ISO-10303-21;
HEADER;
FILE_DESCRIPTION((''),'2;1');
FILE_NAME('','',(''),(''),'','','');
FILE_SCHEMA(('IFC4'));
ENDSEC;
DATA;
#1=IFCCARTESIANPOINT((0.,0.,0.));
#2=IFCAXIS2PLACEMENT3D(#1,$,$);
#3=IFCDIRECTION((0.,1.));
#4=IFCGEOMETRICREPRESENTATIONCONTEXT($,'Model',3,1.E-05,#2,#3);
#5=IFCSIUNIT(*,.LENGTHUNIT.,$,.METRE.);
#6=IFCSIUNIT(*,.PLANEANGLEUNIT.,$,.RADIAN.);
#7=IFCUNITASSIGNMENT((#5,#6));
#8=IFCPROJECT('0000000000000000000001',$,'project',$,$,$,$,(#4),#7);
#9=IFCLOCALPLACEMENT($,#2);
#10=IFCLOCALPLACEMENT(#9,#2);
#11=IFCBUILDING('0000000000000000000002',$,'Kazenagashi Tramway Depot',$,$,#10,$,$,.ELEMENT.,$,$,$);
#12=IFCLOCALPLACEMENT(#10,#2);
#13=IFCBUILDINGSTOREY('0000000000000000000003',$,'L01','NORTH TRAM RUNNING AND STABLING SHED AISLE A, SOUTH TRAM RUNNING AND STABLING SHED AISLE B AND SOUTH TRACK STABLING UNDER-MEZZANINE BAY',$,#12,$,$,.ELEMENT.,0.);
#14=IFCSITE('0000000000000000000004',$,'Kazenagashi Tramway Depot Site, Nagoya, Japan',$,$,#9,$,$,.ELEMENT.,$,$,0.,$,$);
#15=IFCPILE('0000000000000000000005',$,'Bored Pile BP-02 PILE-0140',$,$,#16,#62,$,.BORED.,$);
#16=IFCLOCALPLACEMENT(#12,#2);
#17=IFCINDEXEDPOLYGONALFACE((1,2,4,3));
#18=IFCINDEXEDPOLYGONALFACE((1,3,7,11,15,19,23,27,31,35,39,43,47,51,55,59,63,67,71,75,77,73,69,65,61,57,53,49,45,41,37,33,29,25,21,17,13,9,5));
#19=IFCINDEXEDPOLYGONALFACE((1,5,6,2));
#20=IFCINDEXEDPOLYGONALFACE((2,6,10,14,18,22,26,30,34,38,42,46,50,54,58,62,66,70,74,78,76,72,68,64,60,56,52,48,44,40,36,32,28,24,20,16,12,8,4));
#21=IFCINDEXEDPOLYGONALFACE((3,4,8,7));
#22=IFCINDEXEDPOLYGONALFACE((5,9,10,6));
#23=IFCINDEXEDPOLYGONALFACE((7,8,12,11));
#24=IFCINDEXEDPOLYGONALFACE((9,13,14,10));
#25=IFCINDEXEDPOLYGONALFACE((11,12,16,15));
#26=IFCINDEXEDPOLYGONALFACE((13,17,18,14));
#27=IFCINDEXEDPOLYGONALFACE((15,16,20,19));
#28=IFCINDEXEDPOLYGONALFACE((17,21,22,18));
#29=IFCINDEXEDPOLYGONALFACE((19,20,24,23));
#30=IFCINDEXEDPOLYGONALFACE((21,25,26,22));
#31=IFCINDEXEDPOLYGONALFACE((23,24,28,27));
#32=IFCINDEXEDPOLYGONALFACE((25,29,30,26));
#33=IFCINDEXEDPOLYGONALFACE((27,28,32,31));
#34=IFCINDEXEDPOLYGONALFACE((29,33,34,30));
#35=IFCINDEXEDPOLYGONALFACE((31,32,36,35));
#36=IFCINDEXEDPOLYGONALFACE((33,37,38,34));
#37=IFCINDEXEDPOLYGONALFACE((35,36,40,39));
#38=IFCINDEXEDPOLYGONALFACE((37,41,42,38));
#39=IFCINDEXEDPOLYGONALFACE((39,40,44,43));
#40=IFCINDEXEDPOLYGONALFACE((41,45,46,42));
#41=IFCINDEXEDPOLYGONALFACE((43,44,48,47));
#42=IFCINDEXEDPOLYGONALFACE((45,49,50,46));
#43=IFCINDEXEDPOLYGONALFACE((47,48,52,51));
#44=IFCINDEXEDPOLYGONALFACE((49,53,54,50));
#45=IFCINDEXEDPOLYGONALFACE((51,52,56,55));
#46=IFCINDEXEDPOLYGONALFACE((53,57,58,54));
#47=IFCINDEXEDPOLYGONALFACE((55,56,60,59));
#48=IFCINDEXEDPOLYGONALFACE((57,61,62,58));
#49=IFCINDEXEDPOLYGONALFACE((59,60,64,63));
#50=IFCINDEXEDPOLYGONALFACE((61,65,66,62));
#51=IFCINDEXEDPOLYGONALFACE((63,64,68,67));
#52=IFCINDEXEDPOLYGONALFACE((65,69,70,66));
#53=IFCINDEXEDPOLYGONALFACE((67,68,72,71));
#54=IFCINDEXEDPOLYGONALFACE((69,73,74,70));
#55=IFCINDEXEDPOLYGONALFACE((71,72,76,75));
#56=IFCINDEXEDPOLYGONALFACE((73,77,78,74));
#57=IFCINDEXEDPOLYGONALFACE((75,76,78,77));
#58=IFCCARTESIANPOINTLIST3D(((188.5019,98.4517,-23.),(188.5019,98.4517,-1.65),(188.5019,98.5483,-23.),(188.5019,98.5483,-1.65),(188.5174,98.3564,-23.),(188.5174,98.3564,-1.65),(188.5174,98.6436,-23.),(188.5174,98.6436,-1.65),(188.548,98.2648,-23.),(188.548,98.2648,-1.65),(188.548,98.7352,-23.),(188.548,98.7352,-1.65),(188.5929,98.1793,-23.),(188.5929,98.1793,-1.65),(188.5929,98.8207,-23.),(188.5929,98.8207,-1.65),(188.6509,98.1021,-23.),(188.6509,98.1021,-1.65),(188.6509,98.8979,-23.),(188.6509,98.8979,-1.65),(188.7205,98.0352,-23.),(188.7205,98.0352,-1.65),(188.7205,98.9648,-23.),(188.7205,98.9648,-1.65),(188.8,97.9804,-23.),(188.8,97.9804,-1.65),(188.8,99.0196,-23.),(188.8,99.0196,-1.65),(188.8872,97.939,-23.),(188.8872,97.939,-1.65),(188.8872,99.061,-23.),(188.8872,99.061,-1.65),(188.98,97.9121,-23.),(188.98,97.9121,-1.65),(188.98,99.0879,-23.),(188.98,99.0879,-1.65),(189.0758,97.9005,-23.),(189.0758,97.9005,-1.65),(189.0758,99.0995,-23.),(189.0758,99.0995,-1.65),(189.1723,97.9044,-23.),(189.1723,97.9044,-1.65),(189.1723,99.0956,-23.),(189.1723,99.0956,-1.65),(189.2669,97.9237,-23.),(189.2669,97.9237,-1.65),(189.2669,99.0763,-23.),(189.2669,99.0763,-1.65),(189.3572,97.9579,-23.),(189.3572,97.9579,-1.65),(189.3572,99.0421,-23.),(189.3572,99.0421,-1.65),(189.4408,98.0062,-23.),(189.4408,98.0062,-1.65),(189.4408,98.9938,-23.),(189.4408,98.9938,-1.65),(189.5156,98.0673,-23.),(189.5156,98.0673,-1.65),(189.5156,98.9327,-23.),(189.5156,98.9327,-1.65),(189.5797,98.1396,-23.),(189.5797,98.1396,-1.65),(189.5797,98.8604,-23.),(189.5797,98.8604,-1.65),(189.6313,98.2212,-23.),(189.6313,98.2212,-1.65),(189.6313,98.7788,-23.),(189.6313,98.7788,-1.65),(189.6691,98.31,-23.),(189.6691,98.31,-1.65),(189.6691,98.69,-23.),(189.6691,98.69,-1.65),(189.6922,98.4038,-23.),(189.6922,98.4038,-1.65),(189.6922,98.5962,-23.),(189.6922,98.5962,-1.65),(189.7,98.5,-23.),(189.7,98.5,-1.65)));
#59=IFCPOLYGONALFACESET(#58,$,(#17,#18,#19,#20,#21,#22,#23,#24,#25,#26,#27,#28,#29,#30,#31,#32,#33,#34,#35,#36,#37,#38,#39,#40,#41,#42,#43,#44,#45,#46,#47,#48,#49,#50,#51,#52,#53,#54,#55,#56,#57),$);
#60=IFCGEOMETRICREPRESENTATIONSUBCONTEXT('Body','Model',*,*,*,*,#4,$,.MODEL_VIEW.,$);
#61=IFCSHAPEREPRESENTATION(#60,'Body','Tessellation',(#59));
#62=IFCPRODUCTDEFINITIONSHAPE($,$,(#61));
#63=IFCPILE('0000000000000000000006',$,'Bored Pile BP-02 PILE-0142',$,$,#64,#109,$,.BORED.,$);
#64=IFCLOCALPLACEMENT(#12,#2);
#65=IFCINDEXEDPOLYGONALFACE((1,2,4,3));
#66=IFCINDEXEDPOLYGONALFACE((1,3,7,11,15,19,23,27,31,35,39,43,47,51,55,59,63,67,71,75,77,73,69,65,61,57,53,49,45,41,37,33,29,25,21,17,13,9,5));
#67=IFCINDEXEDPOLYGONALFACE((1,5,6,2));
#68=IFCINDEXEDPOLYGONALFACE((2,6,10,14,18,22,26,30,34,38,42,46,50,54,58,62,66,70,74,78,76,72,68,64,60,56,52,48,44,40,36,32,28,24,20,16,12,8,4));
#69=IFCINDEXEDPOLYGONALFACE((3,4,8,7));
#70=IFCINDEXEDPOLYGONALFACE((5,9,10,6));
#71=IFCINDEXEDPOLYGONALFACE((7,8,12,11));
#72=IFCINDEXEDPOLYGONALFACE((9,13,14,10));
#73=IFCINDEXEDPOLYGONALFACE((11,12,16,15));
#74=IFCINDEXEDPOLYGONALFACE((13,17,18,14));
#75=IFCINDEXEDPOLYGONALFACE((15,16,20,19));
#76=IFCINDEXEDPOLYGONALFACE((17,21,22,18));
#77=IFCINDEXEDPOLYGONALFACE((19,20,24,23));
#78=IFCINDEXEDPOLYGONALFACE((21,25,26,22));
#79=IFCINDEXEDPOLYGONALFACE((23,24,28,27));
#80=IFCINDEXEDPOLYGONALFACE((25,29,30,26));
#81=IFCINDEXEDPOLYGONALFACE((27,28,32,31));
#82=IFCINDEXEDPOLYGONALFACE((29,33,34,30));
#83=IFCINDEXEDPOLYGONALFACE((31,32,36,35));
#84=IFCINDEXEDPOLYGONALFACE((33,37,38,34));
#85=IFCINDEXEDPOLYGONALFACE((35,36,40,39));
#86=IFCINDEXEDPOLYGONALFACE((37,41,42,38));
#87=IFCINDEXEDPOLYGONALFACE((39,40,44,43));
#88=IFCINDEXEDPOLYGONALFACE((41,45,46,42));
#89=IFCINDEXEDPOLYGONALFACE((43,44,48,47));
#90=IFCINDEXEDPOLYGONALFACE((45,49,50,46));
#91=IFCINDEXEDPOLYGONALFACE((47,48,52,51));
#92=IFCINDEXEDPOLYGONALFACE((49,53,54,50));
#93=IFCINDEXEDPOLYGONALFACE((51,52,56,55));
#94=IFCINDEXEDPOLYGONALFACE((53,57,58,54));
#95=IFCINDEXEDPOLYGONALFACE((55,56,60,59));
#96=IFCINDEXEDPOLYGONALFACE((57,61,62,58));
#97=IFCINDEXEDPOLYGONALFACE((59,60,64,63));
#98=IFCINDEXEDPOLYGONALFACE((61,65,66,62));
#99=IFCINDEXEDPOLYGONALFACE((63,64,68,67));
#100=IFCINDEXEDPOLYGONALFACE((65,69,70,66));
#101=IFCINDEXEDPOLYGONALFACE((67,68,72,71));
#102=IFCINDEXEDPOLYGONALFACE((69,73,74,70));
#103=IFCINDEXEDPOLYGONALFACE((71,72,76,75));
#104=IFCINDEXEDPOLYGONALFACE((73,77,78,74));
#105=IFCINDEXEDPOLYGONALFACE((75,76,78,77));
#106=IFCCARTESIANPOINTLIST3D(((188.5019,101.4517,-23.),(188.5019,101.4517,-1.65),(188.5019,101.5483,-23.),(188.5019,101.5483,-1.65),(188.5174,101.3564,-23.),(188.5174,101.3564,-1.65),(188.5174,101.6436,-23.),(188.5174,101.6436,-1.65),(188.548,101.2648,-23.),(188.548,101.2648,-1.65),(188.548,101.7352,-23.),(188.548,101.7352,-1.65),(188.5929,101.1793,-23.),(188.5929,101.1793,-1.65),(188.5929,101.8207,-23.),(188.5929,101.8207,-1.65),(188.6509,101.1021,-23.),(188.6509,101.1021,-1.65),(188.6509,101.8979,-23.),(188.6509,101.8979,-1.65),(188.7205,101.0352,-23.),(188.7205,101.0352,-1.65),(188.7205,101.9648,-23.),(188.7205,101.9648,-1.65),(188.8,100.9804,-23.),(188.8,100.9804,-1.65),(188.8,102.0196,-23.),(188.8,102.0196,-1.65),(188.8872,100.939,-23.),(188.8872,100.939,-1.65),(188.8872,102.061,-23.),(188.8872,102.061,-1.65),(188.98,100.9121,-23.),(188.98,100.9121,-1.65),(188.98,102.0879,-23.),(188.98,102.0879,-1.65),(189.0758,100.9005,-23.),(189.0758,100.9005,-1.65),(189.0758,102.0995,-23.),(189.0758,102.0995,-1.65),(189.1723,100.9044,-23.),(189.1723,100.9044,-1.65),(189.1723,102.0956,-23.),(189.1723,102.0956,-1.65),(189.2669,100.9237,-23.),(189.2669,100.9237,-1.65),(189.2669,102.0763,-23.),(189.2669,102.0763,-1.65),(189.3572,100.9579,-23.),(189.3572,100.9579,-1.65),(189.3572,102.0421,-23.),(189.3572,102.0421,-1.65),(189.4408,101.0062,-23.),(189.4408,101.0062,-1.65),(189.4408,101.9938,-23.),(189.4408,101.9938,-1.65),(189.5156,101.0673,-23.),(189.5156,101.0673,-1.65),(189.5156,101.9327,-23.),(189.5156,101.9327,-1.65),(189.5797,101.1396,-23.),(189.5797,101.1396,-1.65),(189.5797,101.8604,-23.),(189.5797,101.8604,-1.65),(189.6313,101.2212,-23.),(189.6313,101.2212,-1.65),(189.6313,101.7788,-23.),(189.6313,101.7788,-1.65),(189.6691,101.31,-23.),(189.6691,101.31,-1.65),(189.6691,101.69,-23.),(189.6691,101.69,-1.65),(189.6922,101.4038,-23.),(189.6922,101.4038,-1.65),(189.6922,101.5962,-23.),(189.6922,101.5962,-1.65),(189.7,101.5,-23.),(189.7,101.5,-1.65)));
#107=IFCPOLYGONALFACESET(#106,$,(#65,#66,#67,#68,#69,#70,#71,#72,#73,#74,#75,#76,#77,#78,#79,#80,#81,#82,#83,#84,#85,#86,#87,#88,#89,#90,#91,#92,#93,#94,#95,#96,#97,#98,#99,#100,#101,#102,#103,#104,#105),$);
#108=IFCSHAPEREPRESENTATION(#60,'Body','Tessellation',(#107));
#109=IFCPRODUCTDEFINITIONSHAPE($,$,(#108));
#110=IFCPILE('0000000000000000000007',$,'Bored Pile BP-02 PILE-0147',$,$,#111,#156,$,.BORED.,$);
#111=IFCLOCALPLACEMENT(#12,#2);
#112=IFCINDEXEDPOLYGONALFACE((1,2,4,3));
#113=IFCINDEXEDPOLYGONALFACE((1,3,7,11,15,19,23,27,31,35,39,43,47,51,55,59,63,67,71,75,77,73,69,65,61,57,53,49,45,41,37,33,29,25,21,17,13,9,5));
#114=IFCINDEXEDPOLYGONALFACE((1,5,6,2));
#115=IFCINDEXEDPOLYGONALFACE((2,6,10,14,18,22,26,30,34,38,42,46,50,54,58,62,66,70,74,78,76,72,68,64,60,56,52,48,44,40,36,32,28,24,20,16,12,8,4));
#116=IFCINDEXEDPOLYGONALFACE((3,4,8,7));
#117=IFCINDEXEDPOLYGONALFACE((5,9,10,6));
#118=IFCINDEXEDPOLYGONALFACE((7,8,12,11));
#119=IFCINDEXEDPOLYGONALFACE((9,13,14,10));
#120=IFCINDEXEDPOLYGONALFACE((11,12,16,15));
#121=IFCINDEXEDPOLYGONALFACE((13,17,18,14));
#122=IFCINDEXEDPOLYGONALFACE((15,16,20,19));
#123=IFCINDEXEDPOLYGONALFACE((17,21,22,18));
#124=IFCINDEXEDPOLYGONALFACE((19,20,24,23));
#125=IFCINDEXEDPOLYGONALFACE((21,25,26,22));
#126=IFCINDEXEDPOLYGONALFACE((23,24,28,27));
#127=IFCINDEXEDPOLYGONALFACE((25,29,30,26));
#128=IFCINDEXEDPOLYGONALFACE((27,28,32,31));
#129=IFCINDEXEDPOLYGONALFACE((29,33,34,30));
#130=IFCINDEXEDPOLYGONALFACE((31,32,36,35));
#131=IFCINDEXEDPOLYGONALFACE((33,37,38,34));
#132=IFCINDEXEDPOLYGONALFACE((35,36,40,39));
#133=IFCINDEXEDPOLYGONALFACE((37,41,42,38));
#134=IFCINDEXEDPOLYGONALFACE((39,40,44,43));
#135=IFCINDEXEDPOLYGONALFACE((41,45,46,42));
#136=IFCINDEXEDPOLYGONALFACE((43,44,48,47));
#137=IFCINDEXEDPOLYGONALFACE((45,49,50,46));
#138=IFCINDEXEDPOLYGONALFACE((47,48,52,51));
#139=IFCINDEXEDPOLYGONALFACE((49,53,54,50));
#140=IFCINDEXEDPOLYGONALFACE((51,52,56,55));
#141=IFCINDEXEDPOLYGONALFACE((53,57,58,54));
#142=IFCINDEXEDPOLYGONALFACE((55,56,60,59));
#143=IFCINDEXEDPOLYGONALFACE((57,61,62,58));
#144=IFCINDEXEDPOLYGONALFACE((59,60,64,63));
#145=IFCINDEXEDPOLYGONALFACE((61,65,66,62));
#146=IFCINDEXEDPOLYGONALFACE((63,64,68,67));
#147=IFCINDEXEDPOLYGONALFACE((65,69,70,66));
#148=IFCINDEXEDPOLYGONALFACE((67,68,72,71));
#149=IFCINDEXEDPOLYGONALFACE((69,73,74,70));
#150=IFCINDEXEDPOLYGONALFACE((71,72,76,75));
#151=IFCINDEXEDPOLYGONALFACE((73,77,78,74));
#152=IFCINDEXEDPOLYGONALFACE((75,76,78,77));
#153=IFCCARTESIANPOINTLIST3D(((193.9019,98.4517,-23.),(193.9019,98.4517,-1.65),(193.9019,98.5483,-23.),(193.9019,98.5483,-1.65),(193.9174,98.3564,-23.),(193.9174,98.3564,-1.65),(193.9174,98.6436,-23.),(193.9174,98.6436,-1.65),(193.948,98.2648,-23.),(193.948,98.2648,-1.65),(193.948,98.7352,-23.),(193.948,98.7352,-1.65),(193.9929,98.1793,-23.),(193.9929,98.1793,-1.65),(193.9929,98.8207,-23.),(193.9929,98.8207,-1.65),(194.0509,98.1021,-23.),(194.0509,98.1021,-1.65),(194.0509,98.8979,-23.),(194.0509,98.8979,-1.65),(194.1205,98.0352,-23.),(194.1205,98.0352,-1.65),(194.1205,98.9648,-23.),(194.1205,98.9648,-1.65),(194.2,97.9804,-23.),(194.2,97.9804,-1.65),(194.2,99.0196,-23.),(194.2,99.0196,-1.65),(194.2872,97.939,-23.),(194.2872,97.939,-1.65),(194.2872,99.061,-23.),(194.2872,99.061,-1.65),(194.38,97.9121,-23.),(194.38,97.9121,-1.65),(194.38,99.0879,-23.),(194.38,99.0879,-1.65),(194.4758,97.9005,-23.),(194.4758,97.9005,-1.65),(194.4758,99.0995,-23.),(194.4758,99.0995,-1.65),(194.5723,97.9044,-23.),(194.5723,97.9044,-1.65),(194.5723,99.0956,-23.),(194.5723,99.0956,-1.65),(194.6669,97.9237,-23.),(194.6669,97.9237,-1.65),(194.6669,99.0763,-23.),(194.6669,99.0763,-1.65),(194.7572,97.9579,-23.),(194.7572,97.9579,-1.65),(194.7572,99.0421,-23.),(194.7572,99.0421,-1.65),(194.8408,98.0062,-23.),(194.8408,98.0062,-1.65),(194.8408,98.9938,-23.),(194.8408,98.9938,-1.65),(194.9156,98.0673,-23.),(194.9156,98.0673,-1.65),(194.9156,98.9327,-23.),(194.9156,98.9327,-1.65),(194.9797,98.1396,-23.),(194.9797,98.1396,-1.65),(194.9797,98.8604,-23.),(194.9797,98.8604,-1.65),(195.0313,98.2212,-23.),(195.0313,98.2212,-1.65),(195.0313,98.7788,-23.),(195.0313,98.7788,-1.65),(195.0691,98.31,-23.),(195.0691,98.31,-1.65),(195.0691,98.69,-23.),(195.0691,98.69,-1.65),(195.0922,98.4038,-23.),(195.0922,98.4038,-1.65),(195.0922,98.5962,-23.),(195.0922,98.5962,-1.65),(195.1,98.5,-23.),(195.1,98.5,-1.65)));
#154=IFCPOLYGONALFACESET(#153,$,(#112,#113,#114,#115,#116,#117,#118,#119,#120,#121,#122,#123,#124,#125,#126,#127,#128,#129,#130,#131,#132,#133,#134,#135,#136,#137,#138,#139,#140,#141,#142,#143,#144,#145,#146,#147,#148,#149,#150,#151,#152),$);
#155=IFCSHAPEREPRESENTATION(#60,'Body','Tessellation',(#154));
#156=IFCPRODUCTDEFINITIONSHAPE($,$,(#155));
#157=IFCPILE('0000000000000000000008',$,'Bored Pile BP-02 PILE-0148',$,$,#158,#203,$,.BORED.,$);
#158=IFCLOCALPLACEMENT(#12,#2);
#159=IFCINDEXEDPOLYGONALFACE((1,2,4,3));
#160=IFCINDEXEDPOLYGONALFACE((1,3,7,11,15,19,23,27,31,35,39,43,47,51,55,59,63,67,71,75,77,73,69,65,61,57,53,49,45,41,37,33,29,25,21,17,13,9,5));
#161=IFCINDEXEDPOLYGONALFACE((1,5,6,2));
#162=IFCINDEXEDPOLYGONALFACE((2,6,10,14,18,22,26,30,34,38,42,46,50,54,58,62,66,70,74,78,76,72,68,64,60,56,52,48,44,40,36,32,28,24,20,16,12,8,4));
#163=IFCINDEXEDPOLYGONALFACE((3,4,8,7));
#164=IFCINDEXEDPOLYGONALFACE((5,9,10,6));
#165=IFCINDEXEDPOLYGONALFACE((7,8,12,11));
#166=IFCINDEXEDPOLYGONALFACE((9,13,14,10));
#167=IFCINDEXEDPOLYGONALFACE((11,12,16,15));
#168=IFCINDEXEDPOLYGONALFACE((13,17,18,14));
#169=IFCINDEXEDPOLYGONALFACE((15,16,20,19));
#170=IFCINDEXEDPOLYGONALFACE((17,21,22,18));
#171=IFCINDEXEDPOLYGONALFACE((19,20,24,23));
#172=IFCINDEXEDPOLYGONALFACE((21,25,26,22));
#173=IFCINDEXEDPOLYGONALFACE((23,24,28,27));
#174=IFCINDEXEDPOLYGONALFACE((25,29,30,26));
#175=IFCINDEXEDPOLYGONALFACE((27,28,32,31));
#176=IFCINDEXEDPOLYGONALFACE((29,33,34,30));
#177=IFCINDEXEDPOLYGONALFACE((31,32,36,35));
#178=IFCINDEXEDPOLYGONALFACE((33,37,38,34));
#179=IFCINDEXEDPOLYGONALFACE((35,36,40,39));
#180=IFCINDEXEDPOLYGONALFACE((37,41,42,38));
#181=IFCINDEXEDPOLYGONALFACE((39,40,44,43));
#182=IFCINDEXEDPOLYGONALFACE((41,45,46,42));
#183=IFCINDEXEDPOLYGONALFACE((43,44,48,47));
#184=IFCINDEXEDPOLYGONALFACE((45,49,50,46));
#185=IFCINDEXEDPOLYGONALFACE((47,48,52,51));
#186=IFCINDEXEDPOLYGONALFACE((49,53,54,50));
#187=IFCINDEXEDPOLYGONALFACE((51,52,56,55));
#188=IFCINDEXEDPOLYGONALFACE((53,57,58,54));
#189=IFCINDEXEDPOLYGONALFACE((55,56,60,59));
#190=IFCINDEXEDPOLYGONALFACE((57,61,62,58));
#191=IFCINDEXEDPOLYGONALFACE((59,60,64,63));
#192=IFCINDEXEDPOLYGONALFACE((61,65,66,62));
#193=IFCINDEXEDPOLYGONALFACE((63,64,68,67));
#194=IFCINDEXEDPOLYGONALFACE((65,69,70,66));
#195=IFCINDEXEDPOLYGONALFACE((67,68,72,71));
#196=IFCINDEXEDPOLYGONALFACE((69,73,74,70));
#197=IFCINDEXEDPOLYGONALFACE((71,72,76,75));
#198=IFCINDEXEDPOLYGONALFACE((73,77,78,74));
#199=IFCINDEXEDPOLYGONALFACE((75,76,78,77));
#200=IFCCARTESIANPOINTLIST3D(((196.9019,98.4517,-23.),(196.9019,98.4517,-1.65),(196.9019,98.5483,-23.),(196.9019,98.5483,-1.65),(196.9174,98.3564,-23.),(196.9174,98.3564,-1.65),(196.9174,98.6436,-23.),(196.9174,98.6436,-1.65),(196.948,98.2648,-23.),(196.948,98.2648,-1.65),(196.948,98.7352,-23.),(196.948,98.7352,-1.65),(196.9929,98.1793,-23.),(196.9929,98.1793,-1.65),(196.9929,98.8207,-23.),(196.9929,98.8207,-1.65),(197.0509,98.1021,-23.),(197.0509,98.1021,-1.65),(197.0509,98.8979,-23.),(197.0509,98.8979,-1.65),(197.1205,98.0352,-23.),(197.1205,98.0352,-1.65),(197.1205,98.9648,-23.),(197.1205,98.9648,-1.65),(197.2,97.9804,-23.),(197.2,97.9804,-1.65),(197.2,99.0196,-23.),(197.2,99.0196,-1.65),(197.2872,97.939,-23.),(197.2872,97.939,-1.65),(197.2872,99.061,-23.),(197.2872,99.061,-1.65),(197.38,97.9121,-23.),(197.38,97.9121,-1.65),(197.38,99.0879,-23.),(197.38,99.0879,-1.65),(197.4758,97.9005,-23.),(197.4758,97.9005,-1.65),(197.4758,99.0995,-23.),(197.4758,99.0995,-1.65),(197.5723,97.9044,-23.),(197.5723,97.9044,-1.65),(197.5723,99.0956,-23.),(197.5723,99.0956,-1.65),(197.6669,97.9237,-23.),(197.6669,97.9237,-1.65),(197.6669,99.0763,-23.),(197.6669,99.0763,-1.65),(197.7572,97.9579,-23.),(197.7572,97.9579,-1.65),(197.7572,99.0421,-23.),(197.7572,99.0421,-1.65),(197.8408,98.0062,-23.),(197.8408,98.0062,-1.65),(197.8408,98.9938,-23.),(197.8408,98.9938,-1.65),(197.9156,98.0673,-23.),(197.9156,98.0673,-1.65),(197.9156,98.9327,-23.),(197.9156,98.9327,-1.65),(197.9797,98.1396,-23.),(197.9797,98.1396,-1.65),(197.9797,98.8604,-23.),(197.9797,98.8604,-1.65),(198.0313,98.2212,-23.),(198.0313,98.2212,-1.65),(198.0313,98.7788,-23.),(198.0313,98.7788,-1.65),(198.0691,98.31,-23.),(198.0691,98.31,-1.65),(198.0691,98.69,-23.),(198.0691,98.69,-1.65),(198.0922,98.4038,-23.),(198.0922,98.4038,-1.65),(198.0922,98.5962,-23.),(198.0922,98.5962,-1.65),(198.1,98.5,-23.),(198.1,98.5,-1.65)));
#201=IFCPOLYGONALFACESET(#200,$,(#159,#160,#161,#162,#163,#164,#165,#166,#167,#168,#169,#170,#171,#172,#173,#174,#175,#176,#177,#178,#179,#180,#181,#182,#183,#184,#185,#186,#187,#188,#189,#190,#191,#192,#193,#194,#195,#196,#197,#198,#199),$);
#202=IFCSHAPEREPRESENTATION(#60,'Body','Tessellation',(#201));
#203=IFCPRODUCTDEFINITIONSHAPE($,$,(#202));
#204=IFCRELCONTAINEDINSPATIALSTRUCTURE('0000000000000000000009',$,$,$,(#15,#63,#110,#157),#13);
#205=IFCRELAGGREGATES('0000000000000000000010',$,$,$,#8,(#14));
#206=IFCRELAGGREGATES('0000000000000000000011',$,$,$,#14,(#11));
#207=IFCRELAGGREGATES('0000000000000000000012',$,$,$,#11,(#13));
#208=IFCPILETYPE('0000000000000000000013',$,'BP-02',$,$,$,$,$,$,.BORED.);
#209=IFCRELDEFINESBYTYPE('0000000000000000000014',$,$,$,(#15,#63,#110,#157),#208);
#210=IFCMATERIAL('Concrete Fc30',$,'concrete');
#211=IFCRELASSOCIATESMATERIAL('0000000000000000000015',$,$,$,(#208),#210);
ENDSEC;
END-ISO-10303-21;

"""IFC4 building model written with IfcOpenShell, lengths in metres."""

from ifc_helpers import new_model, si_unit, direction, frame, origin, origin_2d, place, context, subcontext, project, spatial, circle, extrude, material, material_profile, profile_set, type_object, element, save


model = new_model("IFC4")

# Units and contexts
model_context = context("Model", 3, precision=1e-05, world=origin(), true_north=direction((0.0, 1.0)))
body_context = subcontext(model_context, "Body", "Model", "MODEL_VIEW")
ifc_project = project(units=[si_unit("LENGTHUNIT", "METRE"), si_unit("PLANEANGLEUNIT", "RADIAN")], contexts=[model_context])

# Site, building, storey
site_placement = place(None, origin())
site = spatial("IfcSite", under=ifc_project, at=site_placement, Name="Kazenagashi Tramway Depot Site, Nagoya, Japan", CompositionType="ELEMENT", RefElevation=0.0)
building_placement = place(site_placement, origin())
building = spatial("IfcBuilding", under=site, at=building_placement, Name="Kazenagashi Tramway Depot", CompositionType="ELEMENT")
storey_placement = place(building_placement, origin())
storey = spatial("IfcBuildingStorey", under=building, at=storey_placement, Name="L01", Description="NORTH TRAM RUNNING AND STABLING SHED AISLE A, SOUTH TRAM RUNNING AND STABLING SHED AISLE B AND SOUTH TRACK STABLING UNDER-MEZZANINE BAY", CompositionType="ELEMENT", Elevation=0.0)

# Piles
ifc_material_1 = material(Name="Concrete Fc30", Category="concrete")
ifc_material_profile_1 = material_profile(ifc_material_1, circle(Radius=0.6, at=origin_2d()), Name="PILE-1200")
ifc_profile_set_1 = profile_set([ifc_material_profile_1], Name="Concrete Fc30")
pile_type = type_object("IfcPileType", Name="BP-02", PredefinedType="BORED", material=ifc_profile_set_1)
for number, where, z_axis, x_axis, name in (
    (1, (189.1, 98.5, -1.65), (0.0, 0.0, -1.0), (1.0, 0.0, 0.0), "Bored Pile BP-02 PILE-0140"),
    (2, (189.1, 101.5, -1.65), (0.0, 0.0, -1.0), (1.0, 0.0, 0.0), "Bored Pile BP-02 PILE-0142"),
    (3, (194.5, 98.5, -1.65), (0.0, 0.0, -1.0), (1.0, 0.0, 0.0), "Bored Pile BP-02 PILE-0147"),
    (4, (197.5, 98.5, -1.65), (0.0, 0.0, -1.0), (1.0, 0.0, 0.0), "Bored Pile BP-02 PILE-0148"),
):
    element("IfcPile", number, at=place(storey_placement, frame(where, z_axis=z_axis, x_axis=x_axis)), inside=storey, type_object=pile_type, Name=name, PredefinedType="BORED", context=body_context, shape_type="SweptSolid", body=[
        extrude(circle(Radius=0.6, at=origin_2d()), origin(), (0.0, 0.0, 1.0), 21.35),
    ])

save(model, "model.ifc")
